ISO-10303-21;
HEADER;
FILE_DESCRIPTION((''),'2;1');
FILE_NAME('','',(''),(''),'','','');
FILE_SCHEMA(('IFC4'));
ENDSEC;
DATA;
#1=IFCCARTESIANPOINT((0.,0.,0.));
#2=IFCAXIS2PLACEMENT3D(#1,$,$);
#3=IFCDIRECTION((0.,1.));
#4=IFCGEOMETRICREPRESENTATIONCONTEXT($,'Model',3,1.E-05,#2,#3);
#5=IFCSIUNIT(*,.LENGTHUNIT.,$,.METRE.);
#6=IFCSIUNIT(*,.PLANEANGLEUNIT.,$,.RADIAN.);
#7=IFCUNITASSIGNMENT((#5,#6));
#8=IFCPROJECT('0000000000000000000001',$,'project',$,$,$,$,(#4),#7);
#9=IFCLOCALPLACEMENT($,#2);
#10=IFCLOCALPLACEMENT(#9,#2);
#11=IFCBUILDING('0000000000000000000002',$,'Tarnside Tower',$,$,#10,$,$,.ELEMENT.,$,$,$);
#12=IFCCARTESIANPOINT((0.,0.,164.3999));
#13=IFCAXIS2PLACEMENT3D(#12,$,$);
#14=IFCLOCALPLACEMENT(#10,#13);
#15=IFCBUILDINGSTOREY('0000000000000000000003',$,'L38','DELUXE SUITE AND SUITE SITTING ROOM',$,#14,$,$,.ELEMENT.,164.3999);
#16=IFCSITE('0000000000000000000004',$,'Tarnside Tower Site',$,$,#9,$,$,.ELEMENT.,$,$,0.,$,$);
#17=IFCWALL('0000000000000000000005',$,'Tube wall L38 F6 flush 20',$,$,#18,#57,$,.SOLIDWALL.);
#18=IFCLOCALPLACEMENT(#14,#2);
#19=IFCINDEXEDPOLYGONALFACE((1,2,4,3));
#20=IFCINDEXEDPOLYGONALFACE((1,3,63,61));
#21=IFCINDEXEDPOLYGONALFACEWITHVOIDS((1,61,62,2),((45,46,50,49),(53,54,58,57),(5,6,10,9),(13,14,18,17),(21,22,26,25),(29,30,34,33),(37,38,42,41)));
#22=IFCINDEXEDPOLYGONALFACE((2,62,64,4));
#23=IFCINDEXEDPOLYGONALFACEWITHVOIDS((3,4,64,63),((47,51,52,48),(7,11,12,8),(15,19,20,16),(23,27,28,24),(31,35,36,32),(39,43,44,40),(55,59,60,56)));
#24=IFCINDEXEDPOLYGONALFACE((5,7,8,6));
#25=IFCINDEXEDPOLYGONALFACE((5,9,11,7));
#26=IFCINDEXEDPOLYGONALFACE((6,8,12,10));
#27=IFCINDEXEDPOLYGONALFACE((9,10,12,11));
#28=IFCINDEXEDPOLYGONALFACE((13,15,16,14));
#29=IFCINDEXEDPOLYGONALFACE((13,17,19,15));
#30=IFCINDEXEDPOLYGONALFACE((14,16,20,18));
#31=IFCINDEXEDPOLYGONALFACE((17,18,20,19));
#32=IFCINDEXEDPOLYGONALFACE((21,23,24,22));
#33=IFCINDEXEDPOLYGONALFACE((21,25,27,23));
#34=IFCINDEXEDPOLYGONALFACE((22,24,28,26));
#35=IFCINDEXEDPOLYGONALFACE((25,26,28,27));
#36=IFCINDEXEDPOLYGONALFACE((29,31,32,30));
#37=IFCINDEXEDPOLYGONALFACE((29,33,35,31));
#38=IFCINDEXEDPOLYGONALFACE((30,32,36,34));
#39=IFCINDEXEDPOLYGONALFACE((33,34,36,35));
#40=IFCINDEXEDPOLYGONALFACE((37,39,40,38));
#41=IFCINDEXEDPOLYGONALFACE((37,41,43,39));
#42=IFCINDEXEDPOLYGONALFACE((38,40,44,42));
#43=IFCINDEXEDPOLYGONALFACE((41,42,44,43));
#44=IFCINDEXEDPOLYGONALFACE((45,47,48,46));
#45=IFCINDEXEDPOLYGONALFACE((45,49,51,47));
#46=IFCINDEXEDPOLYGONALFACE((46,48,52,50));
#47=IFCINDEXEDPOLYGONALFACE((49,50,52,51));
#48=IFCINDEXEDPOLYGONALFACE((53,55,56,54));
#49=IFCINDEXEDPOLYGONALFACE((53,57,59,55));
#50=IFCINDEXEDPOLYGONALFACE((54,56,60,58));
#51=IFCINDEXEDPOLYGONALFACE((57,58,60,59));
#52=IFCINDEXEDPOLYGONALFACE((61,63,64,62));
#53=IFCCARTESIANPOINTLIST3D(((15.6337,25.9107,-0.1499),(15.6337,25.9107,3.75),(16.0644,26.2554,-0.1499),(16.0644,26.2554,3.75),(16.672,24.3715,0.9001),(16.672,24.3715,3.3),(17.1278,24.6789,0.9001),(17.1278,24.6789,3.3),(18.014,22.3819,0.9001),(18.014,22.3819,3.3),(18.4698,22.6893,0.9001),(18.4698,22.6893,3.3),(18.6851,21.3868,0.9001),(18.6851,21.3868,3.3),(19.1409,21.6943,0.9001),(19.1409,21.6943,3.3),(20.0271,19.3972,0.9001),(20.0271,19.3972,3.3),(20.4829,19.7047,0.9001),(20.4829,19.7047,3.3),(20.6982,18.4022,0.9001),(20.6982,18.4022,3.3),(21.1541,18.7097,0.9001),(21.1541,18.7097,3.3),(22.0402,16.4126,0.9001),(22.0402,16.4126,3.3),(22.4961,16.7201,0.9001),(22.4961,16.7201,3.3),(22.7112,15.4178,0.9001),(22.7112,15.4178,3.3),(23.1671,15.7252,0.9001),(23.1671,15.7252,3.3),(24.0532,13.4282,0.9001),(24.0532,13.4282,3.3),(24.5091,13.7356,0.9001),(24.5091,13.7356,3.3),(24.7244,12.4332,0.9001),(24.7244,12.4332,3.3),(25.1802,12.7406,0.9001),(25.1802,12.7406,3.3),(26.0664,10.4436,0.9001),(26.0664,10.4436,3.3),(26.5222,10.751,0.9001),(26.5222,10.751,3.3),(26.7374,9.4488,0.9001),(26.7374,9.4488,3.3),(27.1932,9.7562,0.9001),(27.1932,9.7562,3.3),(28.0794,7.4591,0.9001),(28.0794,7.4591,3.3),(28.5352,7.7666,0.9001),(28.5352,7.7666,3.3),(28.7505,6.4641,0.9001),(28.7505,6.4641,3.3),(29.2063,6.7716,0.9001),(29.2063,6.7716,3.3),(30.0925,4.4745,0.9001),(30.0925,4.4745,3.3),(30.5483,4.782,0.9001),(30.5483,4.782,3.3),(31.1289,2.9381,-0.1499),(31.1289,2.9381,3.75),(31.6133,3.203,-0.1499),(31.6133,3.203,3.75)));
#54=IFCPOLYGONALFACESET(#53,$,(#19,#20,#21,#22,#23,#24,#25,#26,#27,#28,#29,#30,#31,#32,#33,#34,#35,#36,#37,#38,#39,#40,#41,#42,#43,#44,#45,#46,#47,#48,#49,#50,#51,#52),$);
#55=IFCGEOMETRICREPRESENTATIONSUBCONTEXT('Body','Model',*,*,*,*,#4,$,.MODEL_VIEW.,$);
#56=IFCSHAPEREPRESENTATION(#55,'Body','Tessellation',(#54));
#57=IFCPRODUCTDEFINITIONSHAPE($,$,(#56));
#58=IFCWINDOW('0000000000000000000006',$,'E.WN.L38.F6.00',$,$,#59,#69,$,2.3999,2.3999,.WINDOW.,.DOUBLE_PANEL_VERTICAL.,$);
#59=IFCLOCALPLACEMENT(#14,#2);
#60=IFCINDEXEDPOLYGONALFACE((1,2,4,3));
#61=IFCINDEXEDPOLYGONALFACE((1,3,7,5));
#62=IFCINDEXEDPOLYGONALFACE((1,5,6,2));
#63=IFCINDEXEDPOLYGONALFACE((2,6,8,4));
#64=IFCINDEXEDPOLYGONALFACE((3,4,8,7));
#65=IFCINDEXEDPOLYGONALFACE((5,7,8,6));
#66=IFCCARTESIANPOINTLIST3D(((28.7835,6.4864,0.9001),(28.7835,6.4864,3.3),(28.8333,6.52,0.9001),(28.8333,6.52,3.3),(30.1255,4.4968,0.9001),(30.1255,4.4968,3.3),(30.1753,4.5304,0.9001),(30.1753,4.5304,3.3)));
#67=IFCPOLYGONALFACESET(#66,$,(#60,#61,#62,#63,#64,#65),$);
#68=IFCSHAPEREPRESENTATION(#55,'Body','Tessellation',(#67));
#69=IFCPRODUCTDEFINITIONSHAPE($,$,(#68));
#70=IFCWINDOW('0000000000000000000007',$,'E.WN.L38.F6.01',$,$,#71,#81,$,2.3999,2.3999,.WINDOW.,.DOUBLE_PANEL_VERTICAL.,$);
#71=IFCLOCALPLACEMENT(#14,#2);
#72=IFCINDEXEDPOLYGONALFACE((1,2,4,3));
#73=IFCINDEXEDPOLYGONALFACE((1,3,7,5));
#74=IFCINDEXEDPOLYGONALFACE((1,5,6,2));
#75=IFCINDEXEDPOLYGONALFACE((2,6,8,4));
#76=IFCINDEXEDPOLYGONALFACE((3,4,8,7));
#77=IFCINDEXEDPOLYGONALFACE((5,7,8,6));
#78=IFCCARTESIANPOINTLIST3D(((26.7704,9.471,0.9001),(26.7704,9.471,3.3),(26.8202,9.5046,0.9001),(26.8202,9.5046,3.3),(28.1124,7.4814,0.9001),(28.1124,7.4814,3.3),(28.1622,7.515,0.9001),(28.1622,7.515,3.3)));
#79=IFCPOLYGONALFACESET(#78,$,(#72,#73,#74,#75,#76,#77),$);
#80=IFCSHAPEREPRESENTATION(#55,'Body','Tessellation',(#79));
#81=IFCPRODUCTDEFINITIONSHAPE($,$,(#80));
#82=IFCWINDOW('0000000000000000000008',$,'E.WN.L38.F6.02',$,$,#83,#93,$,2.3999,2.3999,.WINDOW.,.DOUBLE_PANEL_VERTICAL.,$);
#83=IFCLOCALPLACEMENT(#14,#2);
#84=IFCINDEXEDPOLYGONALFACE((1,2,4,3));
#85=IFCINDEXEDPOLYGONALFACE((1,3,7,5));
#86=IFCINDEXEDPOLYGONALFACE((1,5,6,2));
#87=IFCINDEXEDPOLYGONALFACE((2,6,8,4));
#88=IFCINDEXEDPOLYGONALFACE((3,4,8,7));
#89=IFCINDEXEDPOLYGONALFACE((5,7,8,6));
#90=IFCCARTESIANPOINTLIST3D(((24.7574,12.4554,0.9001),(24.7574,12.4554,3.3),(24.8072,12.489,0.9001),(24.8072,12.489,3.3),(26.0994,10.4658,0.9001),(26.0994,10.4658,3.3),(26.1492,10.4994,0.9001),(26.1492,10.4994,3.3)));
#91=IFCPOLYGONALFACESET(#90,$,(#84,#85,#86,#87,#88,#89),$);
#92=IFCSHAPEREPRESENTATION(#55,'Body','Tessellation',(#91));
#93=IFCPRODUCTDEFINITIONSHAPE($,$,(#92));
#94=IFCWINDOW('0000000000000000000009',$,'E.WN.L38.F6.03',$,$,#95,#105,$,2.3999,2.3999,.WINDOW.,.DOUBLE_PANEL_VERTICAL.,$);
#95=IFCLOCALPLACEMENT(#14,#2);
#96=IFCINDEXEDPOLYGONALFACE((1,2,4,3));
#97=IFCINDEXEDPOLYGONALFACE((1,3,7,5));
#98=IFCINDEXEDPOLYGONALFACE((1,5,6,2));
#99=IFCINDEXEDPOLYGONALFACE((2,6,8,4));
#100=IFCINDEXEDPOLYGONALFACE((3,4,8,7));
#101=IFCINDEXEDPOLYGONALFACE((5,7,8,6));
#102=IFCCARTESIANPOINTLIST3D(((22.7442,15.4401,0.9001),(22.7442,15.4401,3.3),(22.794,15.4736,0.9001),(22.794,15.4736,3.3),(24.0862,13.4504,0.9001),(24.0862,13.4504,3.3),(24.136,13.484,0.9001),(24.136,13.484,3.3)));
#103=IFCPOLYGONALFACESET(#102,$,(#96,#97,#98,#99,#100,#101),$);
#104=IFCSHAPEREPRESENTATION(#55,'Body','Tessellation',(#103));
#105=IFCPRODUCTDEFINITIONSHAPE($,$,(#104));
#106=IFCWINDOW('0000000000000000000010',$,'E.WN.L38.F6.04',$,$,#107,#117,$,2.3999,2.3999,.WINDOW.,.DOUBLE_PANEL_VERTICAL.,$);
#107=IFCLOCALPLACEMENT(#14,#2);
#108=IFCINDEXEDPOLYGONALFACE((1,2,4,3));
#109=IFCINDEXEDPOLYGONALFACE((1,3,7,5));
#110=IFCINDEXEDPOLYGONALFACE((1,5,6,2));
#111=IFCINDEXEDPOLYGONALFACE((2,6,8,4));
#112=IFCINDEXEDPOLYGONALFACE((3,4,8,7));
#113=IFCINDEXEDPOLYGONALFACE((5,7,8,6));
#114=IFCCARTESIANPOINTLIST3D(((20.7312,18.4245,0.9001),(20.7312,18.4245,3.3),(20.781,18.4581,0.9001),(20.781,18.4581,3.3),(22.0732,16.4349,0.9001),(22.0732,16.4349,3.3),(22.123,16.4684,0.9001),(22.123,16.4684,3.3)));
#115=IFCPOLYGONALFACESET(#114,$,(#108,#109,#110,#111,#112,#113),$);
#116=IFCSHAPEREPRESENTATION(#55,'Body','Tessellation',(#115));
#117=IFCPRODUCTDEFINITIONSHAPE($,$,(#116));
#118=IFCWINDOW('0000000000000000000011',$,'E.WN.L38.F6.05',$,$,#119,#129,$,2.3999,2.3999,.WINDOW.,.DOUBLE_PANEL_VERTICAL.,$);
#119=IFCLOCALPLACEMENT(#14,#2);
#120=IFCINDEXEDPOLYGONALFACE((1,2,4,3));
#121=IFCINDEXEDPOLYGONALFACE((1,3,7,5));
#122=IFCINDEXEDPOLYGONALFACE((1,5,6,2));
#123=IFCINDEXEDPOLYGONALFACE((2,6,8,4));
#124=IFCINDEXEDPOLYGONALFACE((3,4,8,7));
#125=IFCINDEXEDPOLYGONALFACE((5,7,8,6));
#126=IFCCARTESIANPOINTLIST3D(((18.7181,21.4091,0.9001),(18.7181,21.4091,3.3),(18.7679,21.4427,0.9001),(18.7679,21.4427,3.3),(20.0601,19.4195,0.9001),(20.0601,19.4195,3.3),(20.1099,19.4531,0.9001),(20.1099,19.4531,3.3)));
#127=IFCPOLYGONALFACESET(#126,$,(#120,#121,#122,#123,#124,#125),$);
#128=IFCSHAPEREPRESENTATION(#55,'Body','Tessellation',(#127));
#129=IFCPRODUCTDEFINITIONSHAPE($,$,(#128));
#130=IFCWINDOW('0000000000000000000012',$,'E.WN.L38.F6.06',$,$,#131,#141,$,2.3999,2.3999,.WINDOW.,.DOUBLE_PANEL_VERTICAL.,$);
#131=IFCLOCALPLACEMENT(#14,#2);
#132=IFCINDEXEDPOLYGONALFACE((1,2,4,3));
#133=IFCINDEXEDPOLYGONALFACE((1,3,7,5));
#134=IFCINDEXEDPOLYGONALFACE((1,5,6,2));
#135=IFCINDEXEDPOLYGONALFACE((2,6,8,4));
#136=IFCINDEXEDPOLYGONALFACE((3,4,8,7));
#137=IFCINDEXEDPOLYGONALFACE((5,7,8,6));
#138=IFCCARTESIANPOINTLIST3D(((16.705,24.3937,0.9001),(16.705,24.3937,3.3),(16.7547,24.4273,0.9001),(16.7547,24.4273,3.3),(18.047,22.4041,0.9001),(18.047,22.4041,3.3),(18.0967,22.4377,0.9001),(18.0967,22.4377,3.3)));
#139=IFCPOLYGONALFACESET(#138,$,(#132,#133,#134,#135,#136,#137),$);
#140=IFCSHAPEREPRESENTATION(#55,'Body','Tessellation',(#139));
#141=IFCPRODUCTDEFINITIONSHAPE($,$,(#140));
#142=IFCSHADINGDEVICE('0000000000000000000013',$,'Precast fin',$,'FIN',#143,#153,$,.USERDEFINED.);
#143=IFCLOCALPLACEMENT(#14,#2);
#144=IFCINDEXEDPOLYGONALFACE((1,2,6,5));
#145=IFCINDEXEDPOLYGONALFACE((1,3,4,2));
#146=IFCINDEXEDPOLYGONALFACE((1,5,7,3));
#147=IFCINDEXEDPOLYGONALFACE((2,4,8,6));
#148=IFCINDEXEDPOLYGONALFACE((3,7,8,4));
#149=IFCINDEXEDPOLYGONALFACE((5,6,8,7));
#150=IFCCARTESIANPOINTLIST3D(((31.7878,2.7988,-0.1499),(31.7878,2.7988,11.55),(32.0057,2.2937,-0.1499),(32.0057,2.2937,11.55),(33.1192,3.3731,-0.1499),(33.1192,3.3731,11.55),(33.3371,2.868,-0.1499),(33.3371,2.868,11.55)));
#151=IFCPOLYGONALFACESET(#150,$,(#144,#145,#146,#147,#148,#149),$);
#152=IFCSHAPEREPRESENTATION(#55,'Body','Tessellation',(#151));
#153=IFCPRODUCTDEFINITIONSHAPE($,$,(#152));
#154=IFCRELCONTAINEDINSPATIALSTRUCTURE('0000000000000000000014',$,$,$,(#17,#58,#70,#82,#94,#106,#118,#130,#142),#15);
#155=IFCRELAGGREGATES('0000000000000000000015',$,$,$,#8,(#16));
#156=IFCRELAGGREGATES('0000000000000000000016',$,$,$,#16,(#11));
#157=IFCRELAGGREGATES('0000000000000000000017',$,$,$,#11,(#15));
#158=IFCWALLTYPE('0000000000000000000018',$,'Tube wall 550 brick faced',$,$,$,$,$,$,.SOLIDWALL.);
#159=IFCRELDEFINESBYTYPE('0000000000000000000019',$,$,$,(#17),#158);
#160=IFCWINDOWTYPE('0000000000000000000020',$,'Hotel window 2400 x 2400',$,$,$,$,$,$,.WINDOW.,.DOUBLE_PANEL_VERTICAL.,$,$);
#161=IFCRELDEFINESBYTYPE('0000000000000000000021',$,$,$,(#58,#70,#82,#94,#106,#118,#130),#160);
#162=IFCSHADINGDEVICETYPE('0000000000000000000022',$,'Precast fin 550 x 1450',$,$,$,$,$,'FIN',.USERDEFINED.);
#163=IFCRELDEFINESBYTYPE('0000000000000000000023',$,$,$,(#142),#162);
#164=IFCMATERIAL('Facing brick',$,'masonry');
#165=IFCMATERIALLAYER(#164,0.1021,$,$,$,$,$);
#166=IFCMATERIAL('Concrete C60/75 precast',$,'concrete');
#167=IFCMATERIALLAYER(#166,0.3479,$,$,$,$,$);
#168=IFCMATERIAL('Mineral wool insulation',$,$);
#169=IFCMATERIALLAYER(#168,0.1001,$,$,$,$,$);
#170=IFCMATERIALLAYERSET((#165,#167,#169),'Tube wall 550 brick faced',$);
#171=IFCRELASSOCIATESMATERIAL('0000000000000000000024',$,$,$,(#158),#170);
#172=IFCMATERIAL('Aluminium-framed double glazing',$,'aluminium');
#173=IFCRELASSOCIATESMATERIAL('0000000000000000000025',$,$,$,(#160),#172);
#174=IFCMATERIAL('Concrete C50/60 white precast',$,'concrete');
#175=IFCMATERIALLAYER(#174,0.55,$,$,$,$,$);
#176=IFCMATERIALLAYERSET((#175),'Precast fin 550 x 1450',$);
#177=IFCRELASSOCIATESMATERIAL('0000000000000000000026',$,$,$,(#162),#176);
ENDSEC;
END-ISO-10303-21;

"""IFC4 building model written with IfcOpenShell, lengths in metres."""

from ifc_helpers import new_model, si_unit, direction, frame, frame_2d, origin, place, context, subcontext, project, spatial, polyline, rectangle, outline, extrude, material, layer, layer_set, type_object, element, fill, save


model = new_model("IFC4")

# Units and contexts
model_context = context("Model", 3, precision=1e-05, world=origin(), true_north=direction((0.0, 1.0)))
body_context = subcontext(model_context, "Body", "Model", "MODEL_VIEW")
ifc_project = project(units=[si_unit("LENGTHUNIT", "METRE"), si_unit("PLANEANGLEUNIT", "RADIAN")], contexts=[model_context])

# Site, building, storey
site_placement = place(None, origin())
site = spatial("IfcSite", under=ifc_project, at=site_placement, Name="Tarnside Tower Site", CompositionType="ELEMENT", RefElevation=0.0)
building_placement = place(site_placement, origin())
building = spatial("IfcBuilding", under=site, at=building_placement, Name="Tarnside Tower", CompositionType="ELEMENT")
storey_placement = place(building_placement, frame((0.0, 0.0, 164.3999)))
storey = spatial("IfcBuildingStorey", under=building, at=storey_placement, Name="L38", Description="DELUXE SUITE AND SUITE SITTING ROOM", CompositionType="ELEMENT", Elevation=164.3999)

# Shared definitions
ifc_material_1 = material(Name="Facing brick", Category="masonry")
ifc_layer_1 = layer(ifc_material_1, 0.1021)
ifc_material_2 = material(Name="Concrete C60/75 precast", Category="concrete")
ifc_layer_2 = layer(ifc_material_2, 0.3479)
ifc_material_3 = material(Name="Mineral wool insulation")
ifc_layer_3 = layer(ifc_material_3, 0.1001)
ifc_layer_set_1 = layer_set([ifc_layer_1, ifc_layer_2, ifc_layer_3], Name="Tube wall 550 brick faced")
wall_type = type_object("IfcWallType", Name="Tube wall 550 brick faced", PredefinedType="SOLIDWALL", material=ifc_layer_set_1)

# Wall, openings, windows
wall_1_placement = place(storey_placement, frame((31.3711, 3.0706, -0.1499), z_axis=(0.0, 0.0, 1.0), x_axis=(-0.55919, 0.82904, 0.0)))
wall_1 = element("IfcWall", 1, at=wall_1_placement, inside=storey, type_object=wall_type, Name="Tube wall L38 F6 flush 20", PredefinedType="SOLIDWALL", context=body_context, shape_type="SweptSolid", body=[
    extrude(outline(polyline([(-0.0256, -0.2749), (27.7805, -0.2749), (27.7356, 0.2749), (0.0256, 0.2749), (-0.0256, -0.2749)])), origin(), (0.0, 0.0, 1.0), 3.8999),
])
opening_1_placement = place(wall_1_placement, frame((1.8789, 0.0, 1.05)))
opening_1 = element("IfcOpeningElement", 2, at=opening_1_placement, cuts=wall_1, PredefinedType="OPENING", context=body_context, shape_type="SweptSolid", body=[
    extrude(rectangle(XDim=2.3999, YDim=2.3999, at=frame_2d((1.2, 1.2))), frame((0.0, 0.2852, 0.0), z_axis=(0.0, -1.0, 0.0), x_axis=(1.0, 0.0, 0.0)), (0.0, 0.0, 1.0), 0.5701),
])
opening_2_placement = place(wall_1_placement, frame((5.479, 0.0, 1.05)))
opening_2 = element("IfcOpeningElement", 3, at=opening_2_placement, cuts=wall_1, PredefinedType="OPENING", context=body_context, shape_type="SweptSolid", body=[
    extrude(rectangle(XDim=2.3999, YDim=2.3999, at=frame_2d((1.2, 1.2))), frame((0.0, 0.2852, 0.0), z_axis=(0.0, -1.0, 0.0), x_axis=(1.0, 0.0, 0.0)), (0.0, 0.0, 1.0), 0.5701),
])
opening_3_placement = place(wall_1_placement, frame((9.0789, 0.0, 1.05)))
opening_3 = element("IfcOpeningElement", 4, at=opening_3_placement, cuts=wall_1, PredefinedType="OPENING", context=body_context, shape_type="SweptSolid", body=[
    extrude(rectangle(XDim=2.3999, YDim=2.3999, at=frame_2d((1.2, 1.2))), frame((0.0, 0.2852, 0.0), z_axis=(0.0, -1.0, 0.0), x_axis=(1.0, 0.0, 0.0)), (0.0, 0.0, 1.0), 0.5701),
])
opening_4_placement = place(wall_1_placement, frame((12.679, 0.0, 1.05)))
opening_4 = element("IfcOpeningElement", 5, at=opening_4_placement, cuts=wall_1, PredefinedType="OPENING", context=body_context, shape_type="SweptSolid", body=[
    extrude(rectangle(XDim=2.3999, YDim=2.3999, at=frame_2d((1.2, 1.2))), frame((0.0, 0.2852, 0.0), z_axis=(0.0, -1.0, 0.0), x_axis=(1.0, 0.0, 0.0)), (0.0, 0.0, 1.0), 0.5701),
])
opening_5_placement = place(wall_1_placement, frame((16.2788, 0.0, 1.05)))
opening_5 = element("IfcOpeningElement", 6, at=opening_5_placement, cuts=wall_1, PredefinedType="OPENING", context=body_context, shape_type="SweptSolid", body=[
    extrude(rectangle(XDim=2.3999, YDim=2.3999, at=frame_2d((1.2, 1.2))), frame((0.0, 0.2852, 0.0), z_axis=(0.0, -1.0, 0.0), x_axis=(1.0, 0.0, 0.0)), (0.0, 0.0, 1.0), 0.5701),
])
opening_6_placement = place(wall_1_placement, frame((19.8789, 0.0, 1.05)))
opening_6 = element("IfcOpeningElement", 7, at=opening_6_placement, cuts=wall_1, PredefinedType="OPENING", context=body_context, shape_type="SweptSolid", body=[
    extrude(rectangle(XDim=2.3999, YDim=2.3999, at=frame_2d((1.2, 1.2))), frame((0.0, 0.2852, 0.0), z_axis=(0.0, -1.0, 0.0), x_axis=(1.0, 0.0, 0.0)), (0.0, 0.0, 1.0), 0.5701),
])
opening_7_placement = place(wall_1_placement, frame((23.479, 0.0, 1.05)))
opening_7 = element("IfcOpeningElement", 8, at=opening_7_placement, cuts=wall_1, PredefinedType="OPENING", context=body_context, shape_type="SweptSolid", body=[
    extrude(rectangle(XDim=2.3999, YDim=2.3999, at=frame_2d((1.2, 1.2))), frame((0.0, 0.2852, 0.0), z_axis=(0.0, -1.0, 0.0), x_axis=(1.0, 0.0, 0.0)), (0.0, 0.0, 1.0), 0.5701),
])
ifc_material_4 = material(Name="Aluminium-framed double glazing", Category="aluminium")
window_type = type_object("IfcWindowType", Name="Hotel window 2400 x 2400", PartitioningType="DOUBLE_PANEL_VERTICAL", PredefinedType="WINDOW", material=ifc_material_4)
window_1_placement = place(opening_1_placement, frame((0.0, 0.2051, 0.0)))
window_1 = element("IfcWindow", 9, at=window_1_placement, inside=storey, type_object=window_type, Name="E.WN.L38.F6.00", OverallHeight=2.3999, OverallWidth=2.3999, PartitioningType="DOUBLE_PANEL_VERTICAL", PredefinedType="WINDOW", context=body_context, shape_type="SweptSolid", body=[
    extrude(rectangle(XDim=2.3999, YDim=2.3999, at=frame_2d((1.2, 1.2))), frame((0.0, 0.03, 0.0), z_axis=(0.0, -1.0, 0.0), x_axis=(1.0, 0.0, 0.0)), (0.0, 0.0, 1.0), 0.0601),
])
fill(opening_1, window_1)
window_2_placement = place(opening_2_placement, frame((0.0, 0.2051, 0.0)))
window_2 = element("IfcWindow", 10, at=window_2_placement, inside=storey, type_object=window_type, Name="E.WN.L38.F6.01", OverallHeight=2.3999, OverallWidth=2.3999, PartitioningType="DOUBLE_PANEL_VERTICAL", PredefinedType="WINDOW", context=body_context, shape_type="SweptSolid", body=[
    extrude(rectangle(XDim=2.3999, YDim=2.3999, at=frame_2d((1.2, 1.2))), frame((0.0, 0.03, 0.0), z_axis=(0.0, -1.0, 0.0), x_axis=(1.0, 0.0, 0.0)), (0.0, 0.0, 1.0), 0.0601),
])
fill(opening_2, window_2)
window_3_placement = place(opening_3_placement, frame((0.0, 0.2051, 0.0)))
window_3 = element("IfcWindow", 11, at=window_3_placement, inside=storey, type_object=window_type, Name="E.WN.L38.F6.02", OverallHeight=2.3999, OverallWidth=2.3999, PartitioningType="DOUBLE_PANEL_VERTICAL", PredefinedType="WINDOW", context=body_context, shape_type="SweptSolid", body=[
    extrude(rectangle(XDim=2.3999, YDim=2.3999, at=frame_2d((1.2, 1.2))), frame((0.0, 0.03, 0.0), z_axis=(0.0, -1.0, 0.0), x_axis=(1.0, 0.0, 0.0)), (0.0, 0.0, 1.0), 0.0601),
])
fill(opening_3, window_3)
window_4_placement = place(opening_4_placement, frame((0.0, 0.2051, 0.0)))
window_4 = element("IfcWindow", 12, at=window_4_placement, inside=storey, type_object=window_type, Name="E.WN.L38.F6.03", OverallHeight=2.3999, OverallWidth=2.3999, PartitioningType="DOUBLE_PANEL_VERTICAL", PredefinedType="WINDOW", context=body_context, shape_type="SweptSolid", body=[
    extrude(rectangle(XDim=2.3999, YDim=2.3999, at=frame_2d((1.2, 1.2))), frame((0.0, 0.03, 0.0), z_axis=(0.0, -1.0, 0.0), x_axis=(1.0, 0.0, 0.0)), (0.0, 0.0, 1.0), 0.0601),
])
fill(opening_4, window_4)
window_5_placement = place(opening_5_placement, frame((0.0, 0.2051, 0.0)))
window_5 = element("IfcWindow", 13, at=window_5_placement, inside=storey, type_object=window_type, Name="E.WN.L38.F6.04", OverallHeight=2.3999, OverallWidth=2.3999, PartitioningType="DOUBLE_PANEL_VERTICAL", PredefinedType="WINDOW", context=body_context, shape_type="SweptSolid", body=[
    extrude(rectangle(XDim=2.3999, YDim=2.3999, at=frame_2d((1.2, 1.2))), frame((0.0, 0.03, 0.0), z_axis=(0.0, -1.0, 0.0), x_axis=(1.0, 0.0, 0.0)), (0.0, 0.0, 1.0), 0.0601),
])
fill(opening_5, window_5)
window_6_placement = place(opening_6_placement, frame((0.0, 0.2051, 0.0)))
window_6 = element("IfcWindow", 14, at=window_6_placement, inside=storey, type_object=window_type, Name="E.WN.L38.F6.05", OverallHeight=2.3999, OverallWidth=2.3999, PartitioningType="DOUBLE_PANEL_VERTICAL", PredefinedType="WINDOW", context=body_context, shape_type="SweptSolid", body=[
    extrude(rectangle(XDim=2.3999, YDim=2.3999, at=frame_2d((1.2, 1.2))), frame((0.0, 0.03, 0.0), z_axis=(0.0, -1.0, 0.0), x_axis=(1.0, 0.0, 0.0)), (0.0, 0.0, 1.0), 0.0601),
])
fill(opening_6, window_6)
window_7_placement = place(opening_7_placement, frame((0.0, 0.2051, 0.0)))
window_7 = element("IfcWindow", 15, at=window_7_placement, inside=storey, type_object=window_type, Name="E.WN.L38.F6.06", OverallHeight=2.3999, OverallWidth=2.3999, PartitioningType="DOUBLE_PANEL_VERTICAL", PredefinedType="WINDOW", context=body_context, shape_type="SweptSolid", body=[
    extrude(rectangle(XDim=2.3999, YDim=2.3999, at=frame_2d((1.2, 1.2))), frame((0.0, 0.03, 0.0), z_axis=(0.0, -1.0, 0.0), x_axis=(1.0, 0.0, 0.0)), (0.0, 0.0, 1.0), 0.0601),
])
fill(opening_7, window_7)

# Shading device
ifc_material_5 = material(Name="Concrete C50/60 white precast", Category="concrete")
ifc_layer_4 = layer(ifc_material_5, 0.55)
ifc_layer_set_2 = layer_set([ifc_layer_4], Name="Precast fin 550 x 1450")
shading_device_type_1 = type_object("IfcShadingDeviceType", Name="Precast fin 550 x 1450", ElementType="FIN", PredefinedType="USERDEFINED", material=ifc_layer_set_2)
shading_device_placement = place(storey_placement, frame((31.8967, 2.5464, -0.1499), z_axis=(0.39608, -0.918216, 0.0), x_axis=(0.918216, 0.39608, 0.0)))
element("IfcShadingDevice", 16, at=shading_device_placement, inside=storey, type_object=shading_device_type_1, Name="Precast fin", ObjectType="FIN", PredefinedType="USERDEFINED", context=body_context, shape_type="SweptSolid", body=[
    extrude(outline(polyline([(0.0, 0.0), (1.45, 0.0), (1.45, 11.7), (0.0, 11.7), (0.0, 0.0)])), frame((0.0, 0.0, -0.2749)), (0.0, 0.0, 1.0), 0.55),
])

save(model, "model.ifc")
